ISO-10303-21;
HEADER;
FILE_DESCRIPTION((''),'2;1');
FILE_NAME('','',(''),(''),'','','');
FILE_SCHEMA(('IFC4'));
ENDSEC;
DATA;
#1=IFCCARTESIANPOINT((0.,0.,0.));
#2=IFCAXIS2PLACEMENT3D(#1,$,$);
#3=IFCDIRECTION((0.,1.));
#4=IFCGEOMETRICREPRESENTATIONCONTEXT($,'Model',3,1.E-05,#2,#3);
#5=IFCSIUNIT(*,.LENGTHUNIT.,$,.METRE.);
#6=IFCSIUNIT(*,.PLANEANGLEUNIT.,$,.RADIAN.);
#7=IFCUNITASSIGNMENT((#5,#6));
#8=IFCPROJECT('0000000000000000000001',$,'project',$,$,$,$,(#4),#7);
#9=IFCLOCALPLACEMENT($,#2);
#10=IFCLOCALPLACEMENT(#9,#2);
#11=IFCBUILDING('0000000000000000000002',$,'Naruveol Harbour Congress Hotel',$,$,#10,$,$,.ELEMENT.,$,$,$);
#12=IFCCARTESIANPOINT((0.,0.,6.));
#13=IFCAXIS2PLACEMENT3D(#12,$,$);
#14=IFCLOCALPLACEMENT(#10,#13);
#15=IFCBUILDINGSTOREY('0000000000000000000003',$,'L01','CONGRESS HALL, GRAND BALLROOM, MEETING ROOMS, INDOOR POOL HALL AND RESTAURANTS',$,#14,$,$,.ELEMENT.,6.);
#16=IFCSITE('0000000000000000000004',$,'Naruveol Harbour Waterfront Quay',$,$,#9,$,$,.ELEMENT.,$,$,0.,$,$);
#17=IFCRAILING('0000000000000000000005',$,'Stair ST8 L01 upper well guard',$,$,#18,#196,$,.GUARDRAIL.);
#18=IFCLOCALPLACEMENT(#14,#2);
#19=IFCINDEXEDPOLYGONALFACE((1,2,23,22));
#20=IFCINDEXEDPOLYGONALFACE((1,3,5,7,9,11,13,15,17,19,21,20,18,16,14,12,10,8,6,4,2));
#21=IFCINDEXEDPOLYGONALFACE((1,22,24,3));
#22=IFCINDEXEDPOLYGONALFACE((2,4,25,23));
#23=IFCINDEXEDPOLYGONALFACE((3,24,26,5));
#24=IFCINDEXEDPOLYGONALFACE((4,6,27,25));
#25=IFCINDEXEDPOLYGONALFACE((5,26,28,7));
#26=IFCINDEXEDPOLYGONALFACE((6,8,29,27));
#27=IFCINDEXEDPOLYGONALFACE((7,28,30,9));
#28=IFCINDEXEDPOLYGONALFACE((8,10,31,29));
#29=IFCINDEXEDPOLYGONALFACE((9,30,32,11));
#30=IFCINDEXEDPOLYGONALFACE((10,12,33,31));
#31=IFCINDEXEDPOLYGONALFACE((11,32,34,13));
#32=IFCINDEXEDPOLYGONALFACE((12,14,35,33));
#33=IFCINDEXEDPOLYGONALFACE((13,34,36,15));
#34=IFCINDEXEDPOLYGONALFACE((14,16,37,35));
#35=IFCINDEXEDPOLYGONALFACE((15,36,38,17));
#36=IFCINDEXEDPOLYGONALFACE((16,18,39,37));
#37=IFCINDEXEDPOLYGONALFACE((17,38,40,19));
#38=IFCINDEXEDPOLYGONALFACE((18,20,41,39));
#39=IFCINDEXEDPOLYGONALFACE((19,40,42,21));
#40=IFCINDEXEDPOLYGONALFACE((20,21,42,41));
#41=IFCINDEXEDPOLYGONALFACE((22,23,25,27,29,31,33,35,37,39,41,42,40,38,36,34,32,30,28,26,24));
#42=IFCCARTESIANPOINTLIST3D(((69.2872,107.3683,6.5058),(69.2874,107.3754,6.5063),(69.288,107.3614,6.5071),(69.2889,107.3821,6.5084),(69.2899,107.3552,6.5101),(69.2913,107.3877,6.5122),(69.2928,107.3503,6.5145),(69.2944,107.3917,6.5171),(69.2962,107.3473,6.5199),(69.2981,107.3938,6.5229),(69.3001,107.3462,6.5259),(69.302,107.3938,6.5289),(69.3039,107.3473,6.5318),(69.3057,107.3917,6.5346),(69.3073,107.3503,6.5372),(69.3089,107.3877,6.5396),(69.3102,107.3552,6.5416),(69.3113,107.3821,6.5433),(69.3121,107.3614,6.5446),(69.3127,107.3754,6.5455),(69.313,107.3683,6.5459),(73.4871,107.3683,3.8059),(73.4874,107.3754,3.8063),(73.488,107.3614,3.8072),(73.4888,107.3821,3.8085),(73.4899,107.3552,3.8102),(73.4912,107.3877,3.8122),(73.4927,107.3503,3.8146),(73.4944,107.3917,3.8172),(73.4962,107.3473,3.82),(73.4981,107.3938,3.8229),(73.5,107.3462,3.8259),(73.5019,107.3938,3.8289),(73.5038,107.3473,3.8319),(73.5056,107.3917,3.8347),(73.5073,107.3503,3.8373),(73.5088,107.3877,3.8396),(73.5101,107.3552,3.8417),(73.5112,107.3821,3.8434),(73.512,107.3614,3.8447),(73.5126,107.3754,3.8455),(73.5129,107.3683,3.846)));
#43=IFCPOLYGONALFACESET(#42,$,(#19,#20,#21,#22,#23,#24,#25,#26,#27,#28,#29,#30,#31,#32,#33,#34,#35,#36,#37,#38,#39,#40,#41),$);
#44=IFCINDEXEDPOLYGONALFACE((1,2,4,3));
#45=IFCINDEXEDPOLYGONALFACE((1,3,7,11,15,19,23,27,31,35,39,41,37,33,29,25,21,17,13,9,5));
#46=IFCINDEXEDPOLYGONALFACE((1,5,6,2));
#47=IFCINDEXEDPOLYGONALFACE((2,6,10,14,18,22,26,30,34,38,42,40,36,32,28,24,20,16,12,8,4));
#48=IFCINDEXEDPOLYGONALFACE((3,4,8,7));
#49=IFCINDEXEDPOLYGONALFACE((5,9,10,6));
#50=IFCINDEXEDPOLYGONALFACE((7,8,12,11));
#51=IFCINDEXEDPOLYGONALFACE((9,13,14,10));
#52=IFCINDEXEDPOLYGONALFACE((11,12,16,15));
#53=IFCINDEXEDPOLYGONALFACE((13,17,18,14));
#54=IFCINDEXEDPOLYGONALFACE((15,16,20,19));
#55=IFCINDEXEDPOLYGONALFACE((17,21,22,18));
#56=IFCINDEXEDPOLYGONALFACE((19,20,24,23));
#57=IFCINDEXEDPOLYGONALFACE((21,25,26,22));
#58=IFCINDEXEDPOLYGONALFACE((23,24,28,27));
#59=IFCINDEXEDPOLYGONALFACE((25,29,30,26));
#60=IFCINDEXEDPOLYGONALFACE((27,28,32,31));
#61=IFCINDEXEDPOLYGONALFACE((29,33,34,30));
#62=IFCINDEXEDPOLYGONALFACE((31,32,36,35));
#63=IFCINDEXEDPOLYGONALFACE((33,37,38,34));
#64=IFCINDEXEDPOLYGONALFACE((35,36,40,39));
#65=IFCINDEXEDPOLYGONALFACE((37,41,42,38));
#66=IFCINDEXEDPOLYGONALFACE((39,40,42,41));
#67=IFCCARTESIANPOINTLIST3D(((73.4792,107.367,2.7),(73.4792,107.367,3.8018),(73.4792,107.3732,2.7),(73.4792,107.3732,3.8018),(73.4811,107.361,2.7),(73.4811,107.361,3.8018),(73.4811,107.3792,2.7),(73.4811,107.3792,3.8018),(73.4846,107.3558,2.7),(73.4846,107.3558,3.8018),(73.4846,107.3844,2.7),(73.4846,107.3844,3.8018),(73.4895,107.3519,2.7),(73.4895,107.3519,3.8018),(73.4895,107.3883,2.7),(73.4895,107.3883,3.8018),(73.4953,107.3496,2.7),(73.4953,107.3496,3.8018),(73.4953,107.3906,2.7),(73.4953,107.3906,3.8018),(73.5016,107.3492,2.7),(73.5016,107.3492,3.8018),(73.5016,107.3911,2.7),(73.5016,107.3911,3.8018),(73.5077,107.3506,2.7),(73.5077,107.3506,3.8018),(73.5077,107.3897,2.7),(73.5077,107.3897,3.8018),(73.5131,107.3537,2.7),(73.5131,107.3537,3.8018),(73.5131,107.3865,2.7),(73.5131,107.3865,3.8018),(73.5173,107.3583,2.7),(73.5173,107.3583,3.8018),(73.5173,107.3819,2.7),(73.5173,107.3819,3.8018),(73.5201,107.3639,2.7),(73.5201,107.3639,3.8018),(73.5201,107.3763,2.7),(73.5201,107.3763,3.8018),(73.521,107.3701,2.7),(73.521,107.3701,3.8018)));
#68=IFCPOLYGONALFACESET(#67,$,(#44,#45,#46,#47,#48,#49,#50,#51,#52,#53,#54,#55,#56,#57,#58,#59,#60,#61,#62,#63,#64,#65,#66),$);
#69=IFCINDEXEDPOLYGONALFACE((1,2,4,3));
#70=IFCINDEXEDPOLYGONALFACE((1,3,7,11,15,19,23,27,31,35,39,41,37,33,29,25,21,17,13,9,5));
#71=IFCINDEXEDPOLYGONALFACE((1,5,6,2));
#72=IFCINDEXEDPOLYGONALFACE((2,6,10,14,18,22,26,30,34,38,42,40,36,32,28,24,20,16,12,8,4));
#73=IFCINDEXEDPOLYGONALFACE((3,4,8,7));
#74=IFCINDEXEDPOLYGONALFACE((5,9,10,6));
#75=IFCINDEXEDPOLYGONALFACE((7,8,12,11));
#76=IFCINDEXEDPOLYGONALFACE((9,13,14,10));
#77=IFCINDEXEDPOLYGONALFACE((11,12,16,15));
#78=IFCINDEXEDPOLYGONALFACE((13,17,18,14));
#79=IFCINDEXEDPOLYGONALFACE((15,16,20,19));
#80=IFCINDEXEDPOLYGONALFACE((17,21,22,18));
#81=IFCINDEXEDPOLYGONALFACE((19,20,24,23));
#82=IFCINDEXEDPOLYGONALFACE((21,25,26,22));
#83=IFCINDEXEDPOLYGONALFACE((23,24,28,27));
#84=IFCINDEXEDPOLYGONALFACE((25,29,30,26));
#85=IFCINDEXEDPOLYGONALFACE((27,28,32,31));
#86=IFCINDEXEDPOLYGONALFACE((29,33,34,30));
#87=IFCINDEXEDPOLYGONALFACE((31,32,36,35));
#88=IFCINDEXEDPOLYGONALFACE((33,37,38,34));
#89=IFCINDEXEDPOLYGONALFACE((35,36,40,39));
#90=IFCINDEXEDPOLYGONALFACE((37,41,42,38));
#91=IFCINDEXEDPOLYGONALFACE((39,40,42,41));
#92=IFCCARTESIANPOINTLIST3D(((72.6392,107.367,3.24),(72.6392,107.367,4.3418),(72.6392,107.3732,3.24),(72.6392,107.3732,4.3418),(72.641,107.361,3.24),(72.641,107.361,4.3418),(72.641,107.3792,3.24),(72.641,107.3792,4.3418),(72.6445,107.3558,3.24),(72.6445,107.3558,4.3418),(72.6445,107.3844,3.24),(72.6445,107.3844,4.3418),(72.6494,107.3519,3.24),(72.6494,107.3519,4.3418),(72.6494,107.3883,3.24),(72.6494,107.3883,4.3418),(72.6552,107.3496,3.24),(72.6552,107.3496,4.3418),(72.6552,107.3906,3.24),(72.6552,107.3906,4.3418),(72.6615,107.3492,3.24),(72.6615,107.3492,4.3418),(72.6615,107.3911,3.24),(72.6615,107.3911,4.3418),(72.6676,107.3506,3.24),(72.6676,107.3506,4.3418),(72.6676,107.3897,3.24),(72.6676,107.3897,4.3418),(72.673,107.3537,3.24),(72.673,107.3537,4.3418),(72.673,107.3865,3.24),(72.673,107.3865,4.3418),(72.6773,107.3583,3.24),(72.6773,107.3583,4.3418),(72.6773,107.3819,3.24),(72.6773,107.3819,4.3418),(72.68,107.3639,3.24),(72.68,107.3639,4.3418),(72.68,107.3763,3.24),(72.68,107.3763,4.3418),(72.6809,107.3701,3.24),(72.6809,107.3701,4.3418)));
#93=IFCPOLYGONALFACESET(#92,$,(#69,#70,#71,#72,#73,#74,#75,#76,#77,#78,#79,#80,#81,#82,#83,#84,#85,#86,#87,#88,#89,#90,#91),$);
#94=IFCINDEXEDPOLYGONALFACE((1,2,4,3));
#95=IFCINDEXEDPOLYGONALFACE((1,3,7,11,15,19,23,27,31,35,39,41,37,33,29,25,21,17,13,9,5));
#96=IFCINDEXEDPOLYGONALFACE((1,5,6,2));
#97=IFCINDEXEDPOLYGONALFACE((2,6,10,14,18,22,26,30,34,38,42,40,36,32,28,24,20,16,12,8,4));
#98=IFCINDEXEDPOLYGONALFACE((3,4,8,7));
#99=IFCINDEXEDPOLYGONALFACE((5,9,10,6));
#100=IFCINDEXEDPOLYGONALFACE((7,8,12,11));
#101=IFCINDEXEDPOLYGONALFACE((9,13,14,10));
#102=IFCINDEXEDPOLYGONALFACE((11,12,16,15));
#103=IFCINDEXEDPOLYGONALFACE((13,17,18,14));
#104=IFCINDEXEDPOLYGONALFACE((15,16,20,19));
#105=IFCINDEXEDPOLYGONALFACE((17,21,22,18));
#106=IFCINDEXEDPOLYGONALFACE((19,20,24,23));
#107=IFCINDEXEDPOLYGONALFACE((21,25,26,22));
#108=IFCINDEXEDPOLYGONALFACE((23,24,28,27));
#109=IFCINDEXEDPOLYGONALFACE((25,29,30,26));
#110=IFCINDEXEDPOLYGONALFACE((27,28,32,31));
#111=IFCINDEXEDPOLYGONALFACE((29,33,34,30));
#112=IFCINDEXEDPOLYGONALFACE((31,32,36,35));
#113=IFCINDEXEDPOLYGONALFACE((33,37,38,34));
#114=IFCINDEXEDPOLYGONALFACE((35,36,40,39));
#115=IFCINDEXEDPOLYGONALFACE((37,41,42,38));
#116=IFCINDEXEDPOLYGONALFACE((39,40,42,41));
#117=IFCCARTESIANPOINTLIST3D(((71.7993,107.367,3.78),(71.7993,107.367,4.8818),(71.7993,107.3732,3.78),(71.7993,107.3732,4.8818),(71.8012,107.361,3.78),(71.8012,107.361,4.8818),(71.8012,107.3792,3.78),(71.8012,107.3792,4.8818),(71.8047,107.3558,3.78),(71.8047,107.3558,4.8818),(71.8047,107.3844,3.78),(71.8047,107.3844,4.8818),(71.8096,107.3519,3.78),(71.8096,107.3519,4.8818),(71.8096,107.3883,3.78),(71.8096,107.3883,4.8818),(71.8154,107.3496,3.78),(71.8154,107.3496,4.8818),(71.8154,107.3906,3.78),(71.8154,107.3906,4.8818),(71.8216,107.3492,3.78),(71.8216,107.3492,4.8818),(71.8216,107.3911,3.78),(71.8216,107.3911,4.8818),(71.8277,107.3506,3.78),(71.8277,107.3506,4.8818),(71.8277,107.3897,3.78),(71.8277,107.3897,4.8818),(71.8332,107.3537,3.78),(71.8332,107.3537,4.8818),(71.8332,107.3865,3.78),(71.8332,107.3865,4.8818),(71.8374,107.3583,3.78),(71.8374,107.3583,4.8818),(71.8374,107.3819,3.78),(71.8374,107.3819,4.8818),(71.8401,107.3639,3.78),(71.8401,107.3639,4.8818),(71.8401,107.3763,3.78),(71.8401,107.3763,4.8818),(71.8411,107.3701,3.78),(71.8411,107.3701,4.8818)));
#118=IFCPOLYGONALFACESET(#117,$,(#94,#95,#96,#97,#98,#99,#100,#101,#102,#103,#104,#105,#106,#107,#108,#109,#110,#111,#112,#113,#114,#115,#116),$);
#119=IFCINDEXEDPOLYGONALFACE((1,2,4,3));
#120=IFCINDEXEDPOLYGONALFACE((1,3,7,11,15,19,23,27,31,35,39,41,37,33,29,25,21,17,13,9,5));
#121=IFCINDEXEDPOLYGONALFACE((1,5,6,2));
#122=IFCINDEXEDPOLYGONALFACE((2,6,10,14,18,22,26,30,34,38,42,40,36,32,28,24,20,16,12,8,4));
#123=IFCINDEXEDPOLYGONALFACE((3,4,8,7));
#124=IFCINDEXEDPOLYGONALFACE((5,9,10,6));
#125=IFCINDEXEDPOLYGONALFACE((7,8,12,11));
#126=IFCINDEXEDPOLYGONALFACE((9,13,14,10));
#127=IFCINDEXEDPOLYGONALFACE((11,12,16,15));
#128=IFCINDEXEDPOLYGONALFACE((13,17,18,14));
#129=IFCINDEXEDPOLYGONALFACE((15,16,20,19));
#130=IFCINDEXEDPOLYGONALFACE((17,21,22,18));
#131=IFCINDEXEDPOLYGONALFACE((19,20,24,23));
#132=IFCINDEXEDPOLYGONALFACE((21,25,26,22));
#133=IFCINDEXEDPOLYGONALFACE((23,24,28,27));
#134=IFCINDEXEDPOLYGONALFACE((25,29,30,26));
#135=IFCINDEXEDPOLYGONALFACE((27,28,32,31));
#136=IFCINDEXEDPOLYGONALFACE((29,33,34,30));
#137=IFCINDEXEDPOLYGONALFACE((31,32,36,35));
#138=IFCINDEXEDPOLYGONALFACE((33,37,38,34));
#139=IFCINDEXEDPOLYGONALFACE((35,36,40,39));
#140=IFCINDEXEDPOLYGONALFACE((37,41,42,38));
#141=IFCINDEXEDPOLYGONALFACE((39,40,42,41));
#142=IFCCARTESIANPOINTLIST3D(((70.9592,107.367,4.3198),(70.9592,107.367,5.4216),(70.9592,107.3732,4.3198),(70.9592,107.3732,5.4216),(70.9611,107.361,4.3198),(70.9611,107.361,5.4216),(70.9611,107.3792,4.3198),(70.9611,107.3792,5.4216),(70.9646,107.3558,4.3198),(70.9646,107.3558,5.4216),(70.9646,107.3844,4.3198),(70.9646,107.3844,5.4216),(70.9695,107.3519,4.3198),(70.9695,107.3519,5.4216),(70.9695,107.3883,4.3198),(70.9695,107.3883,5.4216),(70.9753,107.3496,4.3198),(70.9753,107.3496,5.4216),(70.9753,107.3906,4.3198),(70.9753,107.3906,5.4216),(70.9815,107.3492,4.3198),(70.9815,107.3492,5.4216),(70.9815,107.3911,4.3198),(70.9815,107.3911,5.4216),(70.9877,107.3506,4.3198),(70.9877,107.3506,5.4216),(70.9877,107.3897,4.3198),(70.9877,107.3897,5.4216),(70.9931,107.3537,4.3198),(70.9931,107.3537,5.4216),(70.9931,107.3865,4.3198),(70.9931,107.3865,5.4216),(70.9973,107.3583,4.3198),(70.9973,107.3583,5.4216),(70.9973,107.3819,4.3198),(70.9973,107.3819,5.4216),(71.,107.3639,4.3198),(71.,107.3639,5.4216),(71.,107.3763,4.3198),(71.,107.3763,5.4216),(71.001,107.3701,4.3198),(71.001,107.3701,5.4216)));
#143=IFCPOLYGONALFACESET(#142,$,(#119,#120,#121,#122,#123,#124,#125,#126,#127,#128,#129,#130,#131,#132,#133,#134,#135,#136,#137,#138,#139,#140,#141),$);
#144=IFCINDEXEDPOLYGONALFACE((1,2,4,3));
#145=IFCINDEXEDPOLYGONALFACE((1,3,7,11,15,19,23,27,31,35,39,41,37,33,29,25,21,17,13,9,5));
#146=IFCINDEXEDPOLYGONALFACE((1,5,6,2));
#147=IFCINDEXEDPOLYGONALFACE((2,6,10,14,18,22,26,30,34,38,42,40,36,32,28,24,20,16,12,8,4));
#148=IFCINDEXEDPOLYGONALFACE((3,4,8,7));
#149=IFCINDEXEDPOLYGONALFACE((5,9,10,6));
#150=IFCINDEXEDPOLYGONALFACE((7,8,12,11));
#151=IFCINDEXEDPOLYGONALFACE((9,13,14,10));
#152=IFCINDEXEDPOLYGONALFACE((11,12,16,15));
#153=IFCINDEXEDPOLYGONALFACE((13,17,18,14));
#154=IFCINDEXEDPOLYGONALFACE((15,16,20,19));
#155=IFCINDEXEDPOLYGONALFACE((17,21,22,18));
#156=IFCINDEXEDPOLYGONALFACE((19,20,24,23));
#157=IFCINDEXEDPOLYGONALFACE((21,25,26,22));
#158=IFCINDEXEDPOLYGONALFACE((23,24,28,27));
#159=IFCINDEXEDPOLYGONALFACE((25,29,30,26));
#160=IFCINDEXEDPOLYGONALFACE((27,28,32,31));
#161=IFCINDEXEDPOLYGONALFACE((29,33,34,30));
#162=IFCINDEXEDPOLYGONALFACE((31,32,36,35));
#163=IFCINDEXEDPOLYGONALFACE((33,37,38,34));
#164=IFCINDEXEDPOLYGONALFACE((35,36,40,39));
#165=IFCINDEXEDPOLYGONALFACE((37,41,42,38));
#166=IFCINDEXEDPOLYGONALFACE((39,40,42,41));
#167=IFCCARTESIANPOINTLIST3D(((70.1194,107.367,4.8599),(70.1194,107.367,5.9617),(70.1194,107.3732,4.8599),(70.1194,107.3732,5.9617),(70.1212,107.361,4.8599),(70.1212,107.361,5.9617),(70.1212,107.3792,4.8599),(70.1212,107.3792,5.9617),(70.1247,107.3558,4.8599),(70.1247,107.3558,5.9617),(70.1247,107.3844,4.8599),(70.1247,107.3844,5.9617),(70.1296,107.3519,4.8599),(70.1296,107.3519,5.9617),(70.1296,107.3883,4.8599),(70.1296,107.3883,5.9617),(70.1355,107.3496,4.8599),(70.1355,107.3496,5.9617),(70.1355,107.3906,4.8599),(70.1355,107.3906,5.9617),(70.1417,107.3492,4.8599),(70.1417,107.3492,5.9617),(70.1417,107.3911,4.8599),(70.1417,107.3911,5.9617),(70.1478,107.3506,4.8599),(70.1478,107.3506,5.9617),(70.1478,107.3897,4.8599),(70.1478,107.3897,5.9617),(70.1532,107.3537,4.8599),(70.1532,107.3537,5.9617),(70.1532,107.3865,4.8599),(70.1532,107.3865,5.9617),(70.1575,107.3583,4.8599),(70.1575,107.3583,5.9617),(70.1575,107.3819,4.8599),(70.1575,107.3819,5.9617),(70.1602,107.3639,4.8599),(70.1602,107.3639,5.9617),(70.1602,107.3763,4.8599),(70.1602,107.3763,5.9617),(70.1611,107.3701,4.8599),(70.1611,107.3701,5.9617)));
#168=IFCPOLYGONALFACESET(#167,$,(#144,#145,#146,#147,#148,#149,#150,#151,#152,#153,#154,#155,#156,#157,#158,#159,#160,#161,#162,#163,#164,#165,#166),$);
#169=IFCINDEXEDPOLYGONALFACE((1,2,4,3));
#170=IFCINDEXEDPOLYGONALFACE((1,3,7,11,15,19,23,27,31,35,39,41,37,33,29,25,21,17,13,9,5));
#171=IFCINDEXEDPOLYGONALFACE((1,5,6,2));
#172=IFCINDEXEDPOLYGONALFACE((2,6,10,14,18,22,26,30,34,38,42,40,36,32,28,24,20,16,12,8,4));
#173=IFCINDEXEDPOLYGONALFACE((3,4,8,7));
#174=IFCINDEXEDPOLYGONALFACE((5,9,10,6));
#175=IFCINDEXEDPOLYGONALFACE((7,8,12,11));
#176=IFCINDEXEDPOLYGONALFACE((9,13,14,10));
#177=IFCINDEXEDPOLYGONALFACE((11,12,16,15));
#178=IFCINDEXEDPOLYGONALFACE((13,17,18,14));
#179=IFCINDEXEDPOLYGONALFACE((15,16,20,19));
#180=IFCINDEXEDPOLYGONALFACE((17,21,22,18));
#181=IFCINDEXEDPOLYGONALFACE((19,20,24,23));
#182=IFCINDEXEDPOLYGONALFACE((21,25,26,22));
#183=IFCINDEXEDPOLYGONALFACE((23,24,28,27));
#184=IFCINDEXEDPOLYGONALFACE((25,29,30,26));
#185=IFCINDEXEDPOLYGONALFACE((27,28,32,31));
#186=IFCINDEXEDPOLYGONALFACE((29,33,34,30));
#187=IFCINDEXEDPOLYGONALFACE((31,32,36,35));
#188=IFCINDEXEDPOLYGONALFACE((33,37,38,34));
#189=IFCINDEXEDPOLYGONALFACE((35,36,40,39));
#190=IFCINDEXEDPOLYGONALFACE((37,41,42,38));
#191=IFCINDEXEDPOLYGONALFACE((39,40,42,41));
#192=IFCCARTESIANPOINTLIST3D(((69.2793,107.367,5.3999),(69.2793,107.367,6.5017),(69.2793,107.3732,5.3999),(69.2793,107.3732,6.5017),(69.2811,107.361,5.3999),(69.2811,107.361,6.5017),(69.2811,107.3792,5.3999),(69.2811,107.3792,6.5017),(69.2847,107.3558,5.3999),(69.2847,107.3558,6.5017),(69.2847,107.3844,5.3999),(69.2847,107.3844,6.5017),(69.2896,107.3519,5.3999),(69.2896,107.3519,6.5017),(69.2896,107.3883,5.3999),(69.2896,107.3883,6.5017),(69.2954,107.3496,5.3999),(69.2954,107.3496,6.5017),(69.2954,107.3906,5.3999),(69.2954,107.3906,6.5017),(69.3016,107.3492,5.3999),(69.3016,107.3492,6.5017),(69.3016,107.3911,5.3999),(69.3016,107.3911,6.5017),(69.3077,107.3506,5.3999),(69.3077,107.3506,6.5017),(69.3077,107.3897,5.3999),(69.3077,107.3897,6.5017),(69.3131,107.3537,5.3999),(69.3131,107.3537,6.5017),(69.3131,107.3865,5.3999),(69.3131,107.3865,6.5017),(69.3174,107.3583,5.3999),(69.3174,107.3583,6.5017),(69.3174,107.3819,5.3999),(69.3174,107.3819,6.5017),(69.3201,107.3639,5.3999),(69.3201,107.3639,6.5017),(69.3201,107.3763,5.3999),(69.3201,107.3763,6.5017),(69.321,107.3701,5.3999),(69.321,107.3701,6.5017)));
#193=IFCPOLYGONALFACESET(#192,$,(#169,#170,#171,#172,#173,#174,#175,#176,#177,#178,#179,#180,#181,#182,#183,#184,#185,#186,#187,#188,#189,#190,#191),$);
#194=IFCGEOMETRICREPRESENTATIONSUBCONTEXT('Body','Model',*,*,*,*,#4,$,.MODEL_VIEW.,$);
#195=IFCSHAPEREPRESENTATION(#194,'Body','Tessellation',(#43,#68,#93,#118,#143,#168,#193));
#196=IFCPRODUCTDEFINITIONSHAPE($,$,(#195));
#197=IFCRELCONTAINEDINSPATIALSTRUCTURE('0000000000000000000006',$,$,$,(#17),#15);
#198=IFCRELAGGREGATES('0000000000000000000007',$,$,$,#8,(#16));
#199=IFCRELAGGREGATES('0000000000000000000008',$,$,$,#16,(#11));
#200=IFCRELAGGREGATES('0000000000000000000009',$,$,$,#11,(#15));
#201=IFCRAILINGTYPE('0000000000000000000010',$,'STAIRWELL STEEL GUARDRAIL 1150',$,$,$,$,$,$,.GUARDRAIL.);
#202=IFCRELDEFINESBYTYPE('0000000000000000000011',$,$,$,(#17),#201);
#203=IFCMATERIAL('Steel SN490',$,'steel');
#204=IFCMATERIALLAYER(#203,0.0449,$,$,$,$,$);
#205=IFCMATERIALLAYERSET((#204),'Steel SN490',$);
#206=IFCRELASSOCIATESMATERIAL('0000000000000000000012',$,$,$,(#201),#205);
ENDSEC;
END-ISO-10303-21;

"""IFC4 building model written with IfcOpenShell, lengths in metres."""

from ifc_helpers import new_model, si_unit, direction, frame, origin, origin_2d, place, context, subcontext, project, spatial, circle, extrude, material, layer, layer_set, type_object, element, save


model = new_model("IFC4")

# Units and contexts
model_context = context("Model", 3, precision=1e-05, world=origin(), true_north=direction((0.0, 1.0)))
body_context = subcontext(model_context, "Body", "Model", "MODEL_VIEW")
ifc_project = project(units=[si_unit("LENGTHUNIT", "METRE"), si_unit("PLANEANGLEUNIT", "RADIAN")], contexts=[model_context])

# Site, building, storey
site_placement = place(None, origin())
site = spatial("IfcSite", under=ifc_project, at=site_placement, Name="Naruveol Harbour Waterfront Quay", CompositionType="ELEMENT", RefElevation=0.0)
building_placement = place(site_placement, origin())
building = spatial("IfcBuilding", under=site, at=building_placement, Name="Naruveol Harbour Congress Hotel", CompositionType="ELEMENT")
storey_placement = place(building_placement, frame((0.0, 0.0, 6.0)))
storey = spatial("IfcBuildingStorey", under=building, at=storey_placement, Name="L01", Description="CONGRESS HALL, GRAND BALLROOM, MEETING ROOMS, INDOOR POOL HALL AND RESTAURANTS", CompositionType="ELEMENT", Elevation=6.0)

# Railing
ifc_material_1 = material(Name="Steel SN490", Category="steel")
ifc_layer_1 = layer(ifc_material_1, 0.0449)
ifc_layer_set_1 = layer_set([ifc_layer_1], Name="Steel SN490")
railing_type_1 = type_object("IfcRailingType", Name="STAIRWELL STEEL GUARDRAIL 1150", PredefinedType="GUARDRAIL", material=ifc_layer_set_1)
railing_1_placement = place(storey_placement, frame((73.5, 107.3701, 2.7)))
element("IfcRailing", 1, at=railing_1_placement, inside=storey, type_object=railing_type_1, Name="Stair ST8 L01 upper well guard", PredefinedType="GUARDRAIL", context=body_context, shape_type="SweptSolid", body=[
    extrude(circle(Radius=0.0239, at=origin_2d()), frame((0.0, 0.0, 1.126), z_axis=(-0.84118, 0.0, 0.540755), x_axis=(0.0, -1.0, 0.0)), (0.0, 0.0, 1.0), 4.9929),
    extrude(circle(Radius=0.021, at=origin_2d()), origin(), (0.0, 0.0, 1.0), 1.1018),
    extrude(circle(Radius=0.021, at=origin_2d()), frame((-0.8401, 0.0, 0.54)), (0.0, 0.0, 1.0), 1.1018),
    extrude(circle(Radius=0.021, at=origin_2d()), frame((-1.6799, 0.0, 1.0801)), (0.0, 0.0, 1.0), 1.1018),
    extrude(circle(Radius=0.021, at=origin_2d()), frame((-2.52, 0.0, 1.6199)), (0.0, 0.0, 1.0), 1.1018),
    extrude(circle(Radius=0.021, at=origin_2d()), frame((-3.3599, 0.0, 2.1599)), (0.0, 0.0, 1.0), 1.1018),
    extrude(circle(Radius=0.021, at=origin_2d()), frame((-4.2, 0.0, 2.7)), (0.0, 0.0, 1.0), 1.1018),
])

save(model, "model.ifc")
